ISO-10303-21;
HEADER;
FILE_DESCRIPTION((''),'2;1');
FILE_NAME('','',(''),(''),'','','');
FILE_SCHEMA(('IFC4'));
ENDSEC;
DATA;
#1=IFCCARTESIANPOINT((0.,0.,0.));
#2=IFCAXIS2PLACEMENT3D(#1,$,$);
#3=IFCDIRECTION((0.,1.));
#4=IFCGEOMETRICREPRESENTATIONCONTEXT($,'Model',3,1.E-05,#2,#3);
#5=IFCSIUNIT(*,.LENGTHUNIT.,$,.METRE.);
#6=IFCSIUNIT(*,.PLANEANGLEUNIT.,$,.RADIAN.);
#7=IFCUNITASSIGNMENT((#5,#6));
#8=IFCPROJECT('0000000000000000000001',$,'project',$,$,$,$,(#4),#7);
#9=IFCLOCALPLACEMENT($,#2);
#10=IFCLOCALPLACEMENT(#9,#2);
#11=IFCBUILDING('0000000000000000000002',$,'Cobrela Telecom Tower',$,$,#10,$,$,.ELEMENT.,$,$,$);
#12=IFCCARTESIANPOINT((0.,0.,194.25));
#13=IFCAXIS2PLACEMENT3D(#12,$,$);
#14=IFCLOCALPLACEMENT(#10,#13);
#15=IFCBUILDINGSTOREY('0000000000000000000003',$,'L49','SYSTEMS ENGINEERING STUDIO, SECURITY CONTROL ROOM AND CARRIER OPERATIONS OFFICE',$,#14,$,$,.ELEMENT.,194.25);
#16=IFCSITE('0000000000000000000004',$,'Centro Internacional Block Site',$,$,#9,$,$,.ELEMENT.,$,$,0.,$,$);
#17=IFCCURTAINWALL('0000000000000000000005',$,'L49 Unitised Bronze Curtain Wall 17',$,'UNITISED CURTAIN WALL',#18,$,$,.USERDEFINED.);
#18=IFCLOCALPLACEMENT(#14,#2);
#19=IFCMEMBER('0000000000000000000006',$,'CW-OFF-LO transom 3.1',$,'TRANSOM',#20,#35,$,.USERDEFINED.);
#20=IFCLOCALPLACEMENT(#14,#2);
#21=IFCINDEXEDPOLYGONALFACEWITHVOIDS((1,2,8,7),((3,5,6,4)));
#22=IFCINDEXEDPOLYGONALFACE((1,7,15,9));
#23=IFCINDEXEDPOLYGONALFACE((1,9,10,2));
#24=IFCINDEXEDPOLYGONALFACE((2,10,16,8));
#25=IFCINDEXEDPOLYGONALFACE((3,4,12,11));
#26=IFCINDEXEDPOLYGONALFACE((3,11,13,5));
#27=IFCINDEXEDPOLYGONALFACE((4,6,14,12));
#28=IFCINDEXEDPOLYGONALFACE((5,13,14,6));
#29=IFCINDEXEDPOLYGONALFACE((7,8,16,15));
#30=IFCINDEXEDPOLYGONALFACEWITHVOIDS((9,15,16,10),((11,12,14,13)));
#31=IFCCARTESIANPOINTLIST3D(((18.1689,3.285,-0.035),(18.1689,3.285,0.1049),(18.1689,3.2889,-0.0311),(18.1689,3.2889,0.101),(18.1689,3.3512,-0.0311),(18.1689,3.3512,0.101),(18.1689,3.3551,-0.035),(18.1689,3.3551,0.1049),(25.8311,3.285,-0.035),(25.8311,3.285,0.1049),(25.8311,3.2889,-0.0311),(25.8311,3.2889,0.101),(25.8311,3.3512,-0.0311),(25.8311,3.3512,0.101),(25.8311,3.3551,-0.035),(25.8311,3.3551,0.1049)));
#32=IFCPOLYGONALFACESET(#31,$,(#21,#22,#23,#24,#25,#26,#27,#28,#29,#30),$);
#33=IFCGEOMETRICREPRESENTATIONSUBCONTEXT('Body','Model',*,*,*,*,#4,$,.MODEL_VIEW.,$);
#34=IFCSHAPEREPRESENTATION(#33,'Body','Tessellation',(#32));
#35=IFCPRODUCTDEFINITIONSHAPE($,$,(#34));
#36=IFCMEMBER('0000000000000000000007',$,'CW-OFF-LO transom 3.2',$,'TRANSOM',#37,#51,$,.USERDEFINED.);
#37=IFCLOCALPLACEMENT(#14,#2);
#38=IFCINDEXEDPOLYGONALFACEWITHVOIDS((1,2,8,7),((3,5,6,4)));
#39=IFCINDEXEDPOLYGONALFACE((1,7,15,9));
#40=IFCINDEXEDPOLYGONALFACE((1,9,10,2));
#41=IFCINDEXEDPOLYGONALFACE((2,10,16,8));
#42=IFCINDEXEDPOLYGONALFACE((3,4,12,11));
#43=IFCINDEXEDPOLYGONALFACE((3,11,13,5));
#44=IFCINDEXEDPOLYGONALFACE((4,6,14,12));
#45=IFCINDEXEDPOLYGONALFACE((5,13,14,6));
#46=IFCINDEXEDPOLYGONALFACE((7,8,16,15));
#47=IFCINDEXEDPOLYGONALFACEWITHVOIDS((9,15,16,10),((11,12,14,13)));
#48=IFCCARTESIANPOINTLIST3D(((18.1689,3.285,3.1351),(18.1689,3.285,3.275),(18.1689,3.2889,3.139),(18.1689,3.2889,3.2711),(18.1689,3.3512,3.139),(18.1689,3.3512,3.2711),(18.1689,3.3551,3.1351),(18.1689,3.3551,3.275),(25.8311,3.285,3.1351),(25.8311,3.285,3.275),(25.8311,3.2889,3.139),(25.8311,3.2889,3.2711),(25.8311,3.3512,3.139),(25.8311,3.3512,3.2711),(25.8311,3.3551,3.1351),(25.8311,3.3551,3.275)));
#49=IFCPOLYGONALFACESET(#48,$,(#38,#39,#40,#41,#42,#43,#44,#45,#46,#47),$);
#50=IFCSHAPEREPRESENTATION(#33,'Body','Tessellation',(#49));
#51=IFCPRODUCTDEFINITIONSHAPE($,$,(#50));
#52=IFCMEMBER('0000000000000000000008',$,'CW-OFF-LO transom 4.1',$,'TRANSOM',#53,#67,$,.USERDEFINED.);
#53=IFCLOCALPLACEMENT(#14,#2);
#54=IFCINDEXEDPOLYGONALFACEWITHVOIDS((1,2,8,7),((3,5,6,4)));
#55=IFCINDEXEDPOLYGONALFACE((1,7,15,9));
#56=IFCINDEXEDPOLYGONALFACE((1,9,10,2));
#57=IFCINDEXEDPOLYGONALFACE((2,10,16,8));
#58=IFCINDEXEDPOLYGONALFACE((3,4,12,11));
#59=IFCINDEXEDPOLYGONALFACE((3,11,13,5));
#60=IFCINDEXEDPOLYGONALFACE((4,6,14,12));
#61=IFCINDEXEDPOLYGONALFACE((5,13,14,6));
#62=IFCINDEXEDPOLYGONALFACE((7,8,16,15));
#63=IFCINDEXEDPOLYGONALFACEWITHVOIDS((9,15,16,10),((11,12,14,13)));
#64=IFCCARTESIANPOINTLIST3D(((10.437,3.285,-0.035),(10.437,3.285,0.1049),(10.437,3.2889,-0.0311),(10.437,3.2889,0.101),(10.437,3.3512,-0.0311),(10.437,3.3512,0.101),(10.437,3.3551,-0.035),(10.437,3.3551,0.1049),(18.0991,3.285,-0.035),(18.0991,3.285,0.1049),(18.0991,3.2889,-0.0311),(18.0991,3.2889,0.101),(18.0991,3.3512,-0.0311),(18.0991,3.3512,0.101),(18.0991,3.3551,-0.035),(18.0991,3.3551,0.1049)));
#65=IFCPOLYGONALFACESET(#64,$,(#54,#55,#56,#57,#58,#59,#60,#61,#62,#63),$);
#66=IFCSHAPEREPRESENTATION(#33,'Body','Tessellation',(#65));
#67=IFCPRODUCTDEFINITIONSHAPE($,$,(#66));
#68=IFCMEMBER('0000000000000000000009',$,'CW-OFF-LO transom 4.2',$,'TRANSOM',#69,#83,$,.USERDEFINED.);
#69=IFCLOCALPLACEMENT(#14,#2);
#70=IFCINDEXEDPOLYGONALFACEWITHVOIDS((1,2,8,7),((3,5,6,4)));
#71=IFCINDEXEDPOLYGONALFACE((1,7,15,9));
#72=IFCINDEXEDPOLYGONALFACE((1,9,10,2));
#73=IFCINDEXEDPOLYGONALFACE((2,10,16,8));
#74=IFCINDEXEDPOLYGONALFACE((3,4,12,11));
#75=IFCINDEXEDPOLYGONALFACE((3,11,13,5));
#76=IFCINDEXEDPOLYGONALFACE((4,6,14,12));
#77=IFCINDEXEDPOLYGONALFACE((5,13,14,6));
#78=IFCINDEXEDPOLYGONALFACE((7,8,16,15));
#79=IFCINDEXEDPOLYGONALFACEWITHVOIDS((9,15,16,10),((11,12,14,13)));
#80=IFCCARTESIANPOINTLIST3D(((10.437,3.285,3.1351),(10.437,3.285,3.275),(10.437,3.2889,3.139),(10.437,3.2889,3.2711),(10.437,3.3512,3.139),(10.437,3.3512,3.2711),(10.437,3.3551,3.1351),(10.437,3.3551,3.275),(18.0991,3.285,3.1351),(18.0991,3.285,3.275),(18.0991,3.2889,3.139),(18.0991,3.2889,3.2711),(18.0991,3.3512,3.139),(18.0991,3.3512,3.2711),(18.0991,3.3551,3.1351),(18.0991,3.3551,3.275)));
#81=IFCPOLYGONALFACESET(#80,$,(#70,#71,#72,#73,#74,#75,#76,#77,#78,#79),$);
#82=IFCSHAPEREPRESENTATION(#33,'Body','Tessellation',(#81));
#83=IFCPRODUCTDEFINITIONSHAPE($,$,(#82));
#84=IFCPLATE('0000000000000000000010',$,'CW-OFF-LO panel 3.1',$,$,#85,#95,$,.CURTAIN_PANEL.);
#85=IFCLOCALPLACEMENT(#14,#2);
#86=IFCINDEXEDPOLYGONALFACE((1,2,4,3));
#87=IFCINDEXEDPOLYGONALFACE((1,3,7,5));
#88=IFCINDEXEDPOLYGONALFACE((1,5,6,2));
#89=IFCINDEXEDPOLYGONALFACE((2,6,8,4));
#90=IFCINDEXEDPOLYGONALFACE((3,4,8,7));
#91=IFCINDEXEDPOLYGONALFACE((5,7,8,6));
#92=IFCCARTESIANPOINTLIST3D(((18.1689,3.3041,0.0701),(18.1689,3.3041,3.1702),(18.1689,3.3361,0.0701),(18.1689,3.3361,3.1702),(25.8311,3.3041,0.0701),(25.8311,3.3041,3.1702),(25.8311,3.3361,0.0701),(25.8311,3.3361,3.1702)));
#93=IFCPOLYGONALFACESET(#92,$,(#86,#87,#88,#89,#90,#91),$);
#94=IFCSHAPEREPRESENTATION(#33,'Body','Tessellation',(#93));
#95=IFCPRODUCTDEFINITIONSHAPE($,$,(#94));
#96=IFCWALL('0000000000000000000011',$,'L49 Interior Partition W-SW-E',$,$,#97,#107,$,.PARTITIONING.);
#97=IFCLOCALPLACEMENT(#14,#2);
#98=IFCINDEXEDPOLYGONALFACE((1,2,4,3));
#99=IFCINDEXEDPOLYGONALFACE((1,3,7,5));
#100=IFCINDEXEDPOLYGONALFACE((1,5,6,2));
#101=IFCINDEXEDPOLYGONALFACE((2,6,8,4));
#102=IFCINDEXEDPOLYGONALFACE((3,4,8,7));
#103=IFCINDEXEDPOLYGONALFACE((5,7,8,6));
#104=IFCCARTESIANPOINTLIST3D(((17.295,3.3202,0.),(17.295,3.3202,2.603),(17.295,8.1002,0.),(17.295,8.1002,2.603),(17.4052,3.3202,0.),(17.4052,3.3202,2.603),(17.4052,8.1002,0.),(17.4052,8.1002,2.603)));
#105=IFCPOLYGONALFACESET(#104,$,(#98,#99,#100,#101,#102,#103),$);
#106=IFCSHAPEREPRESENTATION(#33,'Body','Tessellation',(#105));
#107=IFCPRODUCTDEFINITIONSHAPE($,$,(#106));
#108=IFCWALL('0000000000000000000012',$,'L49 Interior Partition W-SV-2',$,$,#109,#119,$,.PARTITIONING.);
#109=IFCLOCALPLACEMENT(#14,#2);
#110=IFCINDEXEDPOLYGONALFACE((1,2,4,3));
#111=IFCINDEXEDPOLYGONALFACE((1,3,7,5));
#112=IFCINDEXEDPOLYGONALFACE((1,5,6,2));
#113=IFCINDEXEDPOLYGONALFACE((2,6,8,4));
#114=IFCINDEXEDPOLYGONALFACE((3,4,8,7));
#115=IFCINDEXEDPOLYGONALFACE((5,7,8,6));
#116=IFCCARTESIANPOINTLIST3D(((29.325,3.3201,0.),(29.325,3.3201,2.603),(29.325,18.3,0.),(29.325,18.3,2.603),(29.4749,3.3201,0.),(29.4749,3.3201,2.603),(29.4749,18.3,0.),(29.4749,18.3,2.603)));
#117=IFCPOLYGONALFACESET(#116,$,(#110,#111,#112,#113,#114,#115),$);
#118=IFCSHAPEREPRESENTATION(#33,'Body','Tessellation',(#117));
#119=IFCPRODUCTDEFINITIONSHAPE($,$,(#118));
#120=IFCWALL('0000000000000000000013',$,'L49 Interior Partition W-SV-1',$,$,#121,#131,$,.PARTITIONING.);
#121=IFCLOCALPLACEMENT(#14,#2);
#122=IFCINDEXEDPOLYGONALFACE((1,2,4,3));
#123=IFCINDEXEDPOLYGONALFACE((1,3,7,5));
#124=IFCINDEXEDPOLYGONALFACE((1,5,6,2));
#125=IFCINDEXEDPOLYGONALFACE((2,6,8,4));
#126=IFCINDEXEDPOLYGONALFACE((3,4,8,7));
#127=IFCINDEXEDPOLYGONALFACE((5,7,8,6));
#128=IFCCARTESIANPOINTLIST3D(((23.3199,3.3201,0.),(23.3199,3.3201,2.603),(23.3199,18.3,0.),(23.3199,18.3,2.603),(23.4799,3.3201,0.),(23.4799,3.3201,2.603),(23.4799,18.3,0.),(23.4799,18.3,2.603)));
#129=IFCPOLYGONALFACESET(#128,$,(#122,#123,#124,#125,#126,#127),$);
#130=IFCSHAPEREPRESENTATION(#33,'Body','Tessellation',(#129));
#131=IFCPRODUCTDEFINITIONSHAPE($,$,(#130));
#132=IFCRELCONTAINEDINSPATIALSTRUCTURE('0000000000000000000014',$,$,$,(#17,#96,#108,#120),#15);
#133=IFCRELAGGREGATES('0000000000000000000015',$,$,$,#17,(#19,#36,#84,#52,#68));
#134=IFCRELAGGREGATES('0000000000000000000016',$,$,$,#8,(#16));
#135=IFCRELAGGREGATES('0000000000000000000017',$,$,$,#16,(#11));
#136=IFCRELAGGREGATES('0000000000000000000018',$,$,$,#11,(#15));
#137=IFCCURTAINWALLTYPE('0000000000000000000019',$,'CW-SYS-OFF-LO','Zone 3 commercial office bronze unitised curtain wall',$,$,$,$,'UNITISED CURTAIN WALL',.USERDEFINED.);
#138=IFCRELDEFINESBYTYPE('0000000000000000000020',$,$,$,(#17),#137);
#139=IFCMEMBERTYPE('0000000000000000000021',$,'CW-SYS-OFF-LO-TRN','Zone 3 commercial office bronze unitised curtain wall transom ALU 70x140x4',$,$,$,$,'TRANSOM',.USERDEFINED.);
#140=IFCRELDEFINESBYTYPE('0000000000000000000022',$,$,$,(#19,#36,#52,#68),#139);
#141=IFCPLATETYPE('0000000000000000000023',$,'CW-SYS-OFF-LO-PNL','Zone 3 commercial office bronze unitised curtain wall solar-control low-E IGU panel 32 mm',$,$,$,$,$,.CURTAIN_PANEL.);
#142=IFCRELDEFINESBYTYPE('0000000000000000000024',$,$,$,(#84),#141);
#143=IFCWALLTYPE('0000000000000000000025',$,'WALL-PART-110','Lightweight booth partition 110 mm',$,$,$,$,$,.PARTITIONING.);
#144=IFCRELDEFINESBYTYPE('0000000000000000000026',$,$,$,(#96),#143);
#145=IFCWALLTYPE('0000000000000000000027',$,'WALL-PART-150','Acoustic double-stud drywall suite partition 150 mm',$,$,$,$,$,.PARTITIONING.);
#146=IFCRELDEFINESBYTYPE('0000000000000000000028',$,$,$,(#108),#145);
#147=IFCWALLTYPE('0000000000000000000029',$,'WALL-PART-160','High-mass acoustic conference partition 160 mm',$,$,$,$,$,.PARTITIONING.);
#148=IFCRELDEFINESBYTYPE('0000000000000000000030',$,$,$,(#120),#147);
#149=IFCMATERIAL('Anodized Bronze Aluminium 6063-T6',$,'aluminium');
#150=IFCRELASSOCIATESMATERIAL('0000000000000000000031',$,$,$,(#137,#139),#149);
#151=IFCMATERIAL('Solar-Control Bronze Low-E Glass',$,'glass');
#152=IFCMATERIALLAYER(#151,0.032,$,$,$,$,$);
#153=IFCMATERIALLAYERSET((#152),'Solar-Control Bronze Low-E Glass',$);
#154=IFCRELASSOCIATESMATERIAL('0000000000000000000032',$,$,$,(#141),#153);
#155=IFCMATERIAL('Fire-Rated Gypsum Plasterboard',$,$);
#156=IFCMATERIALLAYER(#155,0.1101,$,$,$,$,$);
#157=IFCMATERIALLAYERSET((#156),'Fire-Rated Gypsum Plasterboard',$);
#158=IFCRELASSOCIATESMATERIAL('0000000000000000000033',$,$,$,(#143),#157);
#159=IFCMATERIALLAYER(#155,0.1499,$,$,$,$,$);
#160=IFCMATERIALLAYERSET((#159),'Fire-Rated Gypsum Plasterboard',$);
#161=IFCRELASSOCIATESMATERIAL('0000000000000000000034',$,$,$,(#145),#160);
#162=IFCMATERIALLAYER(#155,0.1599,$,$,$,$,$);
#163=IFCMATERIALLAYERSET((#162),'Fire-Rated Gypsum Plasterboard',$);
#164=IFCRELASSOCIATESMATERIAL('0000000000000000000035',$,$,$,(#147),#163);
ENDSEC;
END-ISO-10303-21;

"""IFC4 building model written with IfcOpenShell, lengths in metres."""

from ifc_helpers import new_model, si_unit, direction, frame, frame_2d, origin, origin_2d, place, context, subcontext, project, spatial, rectangle, hollow_rectangle, extrude, material, layer, layer_set, material_profile, profile_set, type_object, element, aggregate, save


model = new_model("IFC4")

# Units and contexts
model_context = context("Model", 3, precision=1e-05, world=origin(), true_north=direction((0.0, 1.0)))
body_context = subcontext(model_context, "Body", "Model", "MODEL_VIEW")
ifc_project = project(units=[si_unit("LENGTHUNIT", "METRE"), si_unit("PLANEANGLEUNIT", "RADIAN")], contexts=[model_context])

# Site, building, storey
site_placement = place(None, origin())
site = spatial("IfcSite", under=ifc_project, at=site_placement, Name="Centro Internacional Block Site", CompositionType="ELEMENT", RefElevation=0.0)
building_placement = place(site_placement, origin())
building = spatial("IfcBuilding", under=site, at=building_placement, Name="Cobrela Telecom Tower", CompositionType="ELEMENT")
storey_placement = place(building_placement, frame((0.0, 0.0, 194.25)))
storey = spatial("IfcBuildingStorey", under=building, at=storey_placement, Name="L49", Description="SYSTEMS ENGINEERING STUDIO, SECURITY CONTROL ROOM AND CARRIER OPERATIONS OFFICE", CompositionType="ELEMENT", Elevation=194.25)

# Curtain wall, members, plate
ifc_material_1 = material(Name="Anodized Bronze Aluminium 6063-T6", Category="aluminium")
curtain_wall_type = type_object("IfcCurtainWallType", Name="CW-SYS-OFF-LO", Description="Zone 3 commercial office bronze unitised curtain wall", ElementType="UNITISED CURTAIN WALL", PredefinedType="USERDEFINED", material=ifc_material_1)
curtain_wall_placement = place(storey_placement, origin())
curtain_wall = element("IfcCurtainWall", 1, at=curtain_wall_placement, inside=storey, type_object=curtain_wall_type, Name="L49 Unitised Bronze Curtain Wall 17", ObjectType="UNITISED CURTAIN WALL", PredefinedType="USERDEFINED")
ifc_material_profile_1 = material_profile(ifc_material_1, hollow_rectangle(XDim=0.0701, YDim=0.1399, WallThickness=0.0039, at=origin_2d()), Name="ALU 70x140x4")
ifc_profile_set_1 = profile_set([ifc_material_profile_1], Name="Anodized Bronze Aluminium 6063-T6")
member_type_1 = type_object("IfcMemberType", Name="CW-SYS-OFF-LO-TRN", Description="Zone 3 commercial office bronze unitised curtain wall transom ALU 70x140x4", ElementType="TRANSOM", PredefinedType="USERDEFINED", material=ifc_profile_set_1)
member_1_placement = place(storey_placement, frame((25.8311, 3.3201, 0.0349), z_axis=(-1.0, 0.0, 0.0), x_axis=(0.0, -1.0, 0.0)))
member_1 = element("IfcMember", 2, at=member_1_placement, type_object=member_type_1, Name="CW-OFF-LO transom 3.1", ObjectType="TRANSOM", PredefinedType="USERDEFINED", context=body_context, shape_type="SweptSolid", body=[
    extrude(hollow_rectangle(XDim=0.0701, YDim=0.1399, WallThickness=0.0039, at=origin_2d()), origin(), (0.0, 0.0, 1.0), 7.6621),
])
member_2_placement = place(storey_placement, frame((25.8311, 3.3201, 3.2051), z_axis=(-1.0, 0.0, 0.0), x_axis=(0.0, -1.0, 0.0)))
member_2 = element("IfcMember", 3, at=member_2_placement, type_object=member_type_1, Name="CW-OFF-LO transom 3.2", ObjectType="TRANSOM", PredefinedType="USERDEFINED", context=body_context, shape_type="SweptSolid", body=[
    extrude(hollow_rectangle(XDim=0.0701, YDim=0.1399, WallThickness=0.0039, at=origin_2d()), origin(), (0.0, 0.0, 1.0), 7.6621),
])
member_3_placement = place(storey_placement, frame((18.0991, 3.3201, 0.0349), z_axis=(-1.0, 0.0, 0.0), x_axis=(0.0, -1.0, 0.0)))
member_3 = element("IfcMember", 4, at=member_3_placement, type_object=member_type_1, Name="CW-OFF-LO transom 4.1", ObjectType="TRANSOM", PredefinedType="USERDEFINED", context=body_context, shape_type="SweptSolid", body=[
    extrude(hollow_rectangle(XDim=0.0701, YDim=0.1399, WallThickness=0.0039, at=origin_2d()), origin(), (0.0, 0.0, 1.0), 7.6621),
])
member_4_placement = place(storey_placement, frame((18.0991, 3.3201, 3.2051), z_axis=(-1.0, 0.0, 0.0), x_axis=(0.0, -1.0, 0.0)))
member_4 = element("IfcMember", 5, at=member_4_placement, type_object=member_type_1, Name="CW-OFF-LO transom 4.2", ObjectType="TRANSOM", PredefinedType="USERDEFINED", context=body_context, shape_type="SweptSolid", body=[
    extrude(hollow_rectangle(XDim=0.0701, YDim=0.1399, WallThickness=0.0039, at=origin_2d()), origin(), (0.0, 0.0, 1.0), 7.6621),
])
ifc_material_2 = material(Name="Solar-Control Bronze Low-E Glass", Category="glass")
ifc_layer_1 = layer(ifc_material_2, 0.032)
ifc_layer_set_1 = layer_set([ifc_layer_1], Name="Solar-Control Bronze Low-E Glass")
plate_type = type_object("IfcPlateType", Name="CW-SYS-OFF-LO-PNL", Description="Zone 3 commercial office bronze unitised curtain wall solar-control low-E IGU panel 32 mm", PredefinedType="CURTAIN_PANEL", material=ifc_layer_set_1)
plate_placement = place(storey_placement, frame((22.0, 3.3201, 0.0701), z_axis=(0.0, 0.0, 1.0), x_axis=(-1.0, 0.0, 0.0)))
plate = element("IfcPlate", 6, at=plate_placement, type_object=plate_type, Name="CW-OFF-LO panel 3.1", PredefinedType="CURTAIN_PANEL", context=body_context, shape_type="SweptSolid", body=[
    extrude(rectangle(XDim=7.6621, YDim=0.032, at=origin_2d()), origin(), (0.0, 0.0, 1.0), 3.1001),
])
aggregate(curtain_wall, [member_1, member_2, plate, member_3, member_4])

# Walls
ifc_material_3 = material(Name="Fire-Rated Gypsum Plasterboard")
ifc_layer_2 = layer(ifc_material_3, 0.1101)
ifc_layer_set_2 = layer_set([ifc_layer_2], Name="Fire-Rated Gypsum Plasterboard")
wall_type_1 = type_object("IfcWallType", Name="WALL-PART-110", Description="Lightweight booth partition 110 mm", PredefinedType="PARTITIONING", material=ifc_layer_set_2)
wall_1_placement = place(storey_placement, frame((17.3501, 3.3201, 0.0), z_axis=(0.0, 0.0, 1.0), x_axis=(0.0, 1.0, 0.0)))
element("IfcWall", 7, at=wall_1_placement, inside=storey, type_object=wall_type_1, Name="L49 Interior Partition W-SW-E", PredefinedType="PARTITIONING", context=body_context, shape_type="SweptSolid", body=[
    extrude(rectangle(XDim=4.78, YDim=0.1101, at=frame_2d((2.3901, 0.0))), origin(), (0.0, 0.0, 1.0), 2.603),
])
ifc_layer_3 = layer(ifc_material_3, 0.1499)
ifc_layer_set_3 = layer_set([ifc_layer_3], Name="Fire-Rated Gypsum Plasterboard")
wall_type_2 = type_object("IfcWallType", Name="WALL-PART-150", Description="Acoustic double-stud drywall suite partition 150 mm", PredefinedType="PARTITIONING", material=ifc_layer_set_3)
wall_2_placement = place(storey_placement, frame((29.3999, 3.3201, 0.0), z_axis=(0.0, 0.0, 1.0), x_axis=(0.0, 1.0, 0.0)))
element("IfcWall", 8, at=wall_2_placement, inside=storey, type_object=wall_type_2, Name="L49 Interior Partition W-SV-2", PredefinedType="PARTITIONING", context=body_context, shape_type="SweptSolid", body=[
    extrude(rectangle(XDim=14.98, YDim=0.1499, at=frame_2d((7.49, 0.0))), origin(), (0.0, 0.0, 1.0), 2.603),
])
ifc_layer_4 = layer(ifc_material_3, 0.1599)
ifc_layer_set_4 = layer_set([ifc_layer_4], Name="Fire-Rated Gypsum Plasterboard")
wall_type_3 = type_object("IfcWallType", Name="WALL-PART-160", Description="High-mass acoustic conference partition 160 mm", PredefinedType="PARTITIONING", material=ifc_layer_set_4)
wall_3_placement = place(storey_placement, frame((23.3999, 3.3201, 0.0), z_axis=(0.0, 0.0, 1.0), x_axis=(0.0, 1.0, 0.0)))
element("IfcWall", 9, at=wall_3_placement, inside=storey, type_object=wall_type_3, Name="L49 Interior Partition W-SV-1", PredefinedType="PARTITIONING", context=body_context, shape_type="SweptSolid", body=[
    extrude(rectangle(XDim=14.98, YDim=0.1599, at=frame_2d((7.49, 0.0))), origin(), (0.0, 0.0, 1.0), 2.603),
])

save(model, "model.ifc")
